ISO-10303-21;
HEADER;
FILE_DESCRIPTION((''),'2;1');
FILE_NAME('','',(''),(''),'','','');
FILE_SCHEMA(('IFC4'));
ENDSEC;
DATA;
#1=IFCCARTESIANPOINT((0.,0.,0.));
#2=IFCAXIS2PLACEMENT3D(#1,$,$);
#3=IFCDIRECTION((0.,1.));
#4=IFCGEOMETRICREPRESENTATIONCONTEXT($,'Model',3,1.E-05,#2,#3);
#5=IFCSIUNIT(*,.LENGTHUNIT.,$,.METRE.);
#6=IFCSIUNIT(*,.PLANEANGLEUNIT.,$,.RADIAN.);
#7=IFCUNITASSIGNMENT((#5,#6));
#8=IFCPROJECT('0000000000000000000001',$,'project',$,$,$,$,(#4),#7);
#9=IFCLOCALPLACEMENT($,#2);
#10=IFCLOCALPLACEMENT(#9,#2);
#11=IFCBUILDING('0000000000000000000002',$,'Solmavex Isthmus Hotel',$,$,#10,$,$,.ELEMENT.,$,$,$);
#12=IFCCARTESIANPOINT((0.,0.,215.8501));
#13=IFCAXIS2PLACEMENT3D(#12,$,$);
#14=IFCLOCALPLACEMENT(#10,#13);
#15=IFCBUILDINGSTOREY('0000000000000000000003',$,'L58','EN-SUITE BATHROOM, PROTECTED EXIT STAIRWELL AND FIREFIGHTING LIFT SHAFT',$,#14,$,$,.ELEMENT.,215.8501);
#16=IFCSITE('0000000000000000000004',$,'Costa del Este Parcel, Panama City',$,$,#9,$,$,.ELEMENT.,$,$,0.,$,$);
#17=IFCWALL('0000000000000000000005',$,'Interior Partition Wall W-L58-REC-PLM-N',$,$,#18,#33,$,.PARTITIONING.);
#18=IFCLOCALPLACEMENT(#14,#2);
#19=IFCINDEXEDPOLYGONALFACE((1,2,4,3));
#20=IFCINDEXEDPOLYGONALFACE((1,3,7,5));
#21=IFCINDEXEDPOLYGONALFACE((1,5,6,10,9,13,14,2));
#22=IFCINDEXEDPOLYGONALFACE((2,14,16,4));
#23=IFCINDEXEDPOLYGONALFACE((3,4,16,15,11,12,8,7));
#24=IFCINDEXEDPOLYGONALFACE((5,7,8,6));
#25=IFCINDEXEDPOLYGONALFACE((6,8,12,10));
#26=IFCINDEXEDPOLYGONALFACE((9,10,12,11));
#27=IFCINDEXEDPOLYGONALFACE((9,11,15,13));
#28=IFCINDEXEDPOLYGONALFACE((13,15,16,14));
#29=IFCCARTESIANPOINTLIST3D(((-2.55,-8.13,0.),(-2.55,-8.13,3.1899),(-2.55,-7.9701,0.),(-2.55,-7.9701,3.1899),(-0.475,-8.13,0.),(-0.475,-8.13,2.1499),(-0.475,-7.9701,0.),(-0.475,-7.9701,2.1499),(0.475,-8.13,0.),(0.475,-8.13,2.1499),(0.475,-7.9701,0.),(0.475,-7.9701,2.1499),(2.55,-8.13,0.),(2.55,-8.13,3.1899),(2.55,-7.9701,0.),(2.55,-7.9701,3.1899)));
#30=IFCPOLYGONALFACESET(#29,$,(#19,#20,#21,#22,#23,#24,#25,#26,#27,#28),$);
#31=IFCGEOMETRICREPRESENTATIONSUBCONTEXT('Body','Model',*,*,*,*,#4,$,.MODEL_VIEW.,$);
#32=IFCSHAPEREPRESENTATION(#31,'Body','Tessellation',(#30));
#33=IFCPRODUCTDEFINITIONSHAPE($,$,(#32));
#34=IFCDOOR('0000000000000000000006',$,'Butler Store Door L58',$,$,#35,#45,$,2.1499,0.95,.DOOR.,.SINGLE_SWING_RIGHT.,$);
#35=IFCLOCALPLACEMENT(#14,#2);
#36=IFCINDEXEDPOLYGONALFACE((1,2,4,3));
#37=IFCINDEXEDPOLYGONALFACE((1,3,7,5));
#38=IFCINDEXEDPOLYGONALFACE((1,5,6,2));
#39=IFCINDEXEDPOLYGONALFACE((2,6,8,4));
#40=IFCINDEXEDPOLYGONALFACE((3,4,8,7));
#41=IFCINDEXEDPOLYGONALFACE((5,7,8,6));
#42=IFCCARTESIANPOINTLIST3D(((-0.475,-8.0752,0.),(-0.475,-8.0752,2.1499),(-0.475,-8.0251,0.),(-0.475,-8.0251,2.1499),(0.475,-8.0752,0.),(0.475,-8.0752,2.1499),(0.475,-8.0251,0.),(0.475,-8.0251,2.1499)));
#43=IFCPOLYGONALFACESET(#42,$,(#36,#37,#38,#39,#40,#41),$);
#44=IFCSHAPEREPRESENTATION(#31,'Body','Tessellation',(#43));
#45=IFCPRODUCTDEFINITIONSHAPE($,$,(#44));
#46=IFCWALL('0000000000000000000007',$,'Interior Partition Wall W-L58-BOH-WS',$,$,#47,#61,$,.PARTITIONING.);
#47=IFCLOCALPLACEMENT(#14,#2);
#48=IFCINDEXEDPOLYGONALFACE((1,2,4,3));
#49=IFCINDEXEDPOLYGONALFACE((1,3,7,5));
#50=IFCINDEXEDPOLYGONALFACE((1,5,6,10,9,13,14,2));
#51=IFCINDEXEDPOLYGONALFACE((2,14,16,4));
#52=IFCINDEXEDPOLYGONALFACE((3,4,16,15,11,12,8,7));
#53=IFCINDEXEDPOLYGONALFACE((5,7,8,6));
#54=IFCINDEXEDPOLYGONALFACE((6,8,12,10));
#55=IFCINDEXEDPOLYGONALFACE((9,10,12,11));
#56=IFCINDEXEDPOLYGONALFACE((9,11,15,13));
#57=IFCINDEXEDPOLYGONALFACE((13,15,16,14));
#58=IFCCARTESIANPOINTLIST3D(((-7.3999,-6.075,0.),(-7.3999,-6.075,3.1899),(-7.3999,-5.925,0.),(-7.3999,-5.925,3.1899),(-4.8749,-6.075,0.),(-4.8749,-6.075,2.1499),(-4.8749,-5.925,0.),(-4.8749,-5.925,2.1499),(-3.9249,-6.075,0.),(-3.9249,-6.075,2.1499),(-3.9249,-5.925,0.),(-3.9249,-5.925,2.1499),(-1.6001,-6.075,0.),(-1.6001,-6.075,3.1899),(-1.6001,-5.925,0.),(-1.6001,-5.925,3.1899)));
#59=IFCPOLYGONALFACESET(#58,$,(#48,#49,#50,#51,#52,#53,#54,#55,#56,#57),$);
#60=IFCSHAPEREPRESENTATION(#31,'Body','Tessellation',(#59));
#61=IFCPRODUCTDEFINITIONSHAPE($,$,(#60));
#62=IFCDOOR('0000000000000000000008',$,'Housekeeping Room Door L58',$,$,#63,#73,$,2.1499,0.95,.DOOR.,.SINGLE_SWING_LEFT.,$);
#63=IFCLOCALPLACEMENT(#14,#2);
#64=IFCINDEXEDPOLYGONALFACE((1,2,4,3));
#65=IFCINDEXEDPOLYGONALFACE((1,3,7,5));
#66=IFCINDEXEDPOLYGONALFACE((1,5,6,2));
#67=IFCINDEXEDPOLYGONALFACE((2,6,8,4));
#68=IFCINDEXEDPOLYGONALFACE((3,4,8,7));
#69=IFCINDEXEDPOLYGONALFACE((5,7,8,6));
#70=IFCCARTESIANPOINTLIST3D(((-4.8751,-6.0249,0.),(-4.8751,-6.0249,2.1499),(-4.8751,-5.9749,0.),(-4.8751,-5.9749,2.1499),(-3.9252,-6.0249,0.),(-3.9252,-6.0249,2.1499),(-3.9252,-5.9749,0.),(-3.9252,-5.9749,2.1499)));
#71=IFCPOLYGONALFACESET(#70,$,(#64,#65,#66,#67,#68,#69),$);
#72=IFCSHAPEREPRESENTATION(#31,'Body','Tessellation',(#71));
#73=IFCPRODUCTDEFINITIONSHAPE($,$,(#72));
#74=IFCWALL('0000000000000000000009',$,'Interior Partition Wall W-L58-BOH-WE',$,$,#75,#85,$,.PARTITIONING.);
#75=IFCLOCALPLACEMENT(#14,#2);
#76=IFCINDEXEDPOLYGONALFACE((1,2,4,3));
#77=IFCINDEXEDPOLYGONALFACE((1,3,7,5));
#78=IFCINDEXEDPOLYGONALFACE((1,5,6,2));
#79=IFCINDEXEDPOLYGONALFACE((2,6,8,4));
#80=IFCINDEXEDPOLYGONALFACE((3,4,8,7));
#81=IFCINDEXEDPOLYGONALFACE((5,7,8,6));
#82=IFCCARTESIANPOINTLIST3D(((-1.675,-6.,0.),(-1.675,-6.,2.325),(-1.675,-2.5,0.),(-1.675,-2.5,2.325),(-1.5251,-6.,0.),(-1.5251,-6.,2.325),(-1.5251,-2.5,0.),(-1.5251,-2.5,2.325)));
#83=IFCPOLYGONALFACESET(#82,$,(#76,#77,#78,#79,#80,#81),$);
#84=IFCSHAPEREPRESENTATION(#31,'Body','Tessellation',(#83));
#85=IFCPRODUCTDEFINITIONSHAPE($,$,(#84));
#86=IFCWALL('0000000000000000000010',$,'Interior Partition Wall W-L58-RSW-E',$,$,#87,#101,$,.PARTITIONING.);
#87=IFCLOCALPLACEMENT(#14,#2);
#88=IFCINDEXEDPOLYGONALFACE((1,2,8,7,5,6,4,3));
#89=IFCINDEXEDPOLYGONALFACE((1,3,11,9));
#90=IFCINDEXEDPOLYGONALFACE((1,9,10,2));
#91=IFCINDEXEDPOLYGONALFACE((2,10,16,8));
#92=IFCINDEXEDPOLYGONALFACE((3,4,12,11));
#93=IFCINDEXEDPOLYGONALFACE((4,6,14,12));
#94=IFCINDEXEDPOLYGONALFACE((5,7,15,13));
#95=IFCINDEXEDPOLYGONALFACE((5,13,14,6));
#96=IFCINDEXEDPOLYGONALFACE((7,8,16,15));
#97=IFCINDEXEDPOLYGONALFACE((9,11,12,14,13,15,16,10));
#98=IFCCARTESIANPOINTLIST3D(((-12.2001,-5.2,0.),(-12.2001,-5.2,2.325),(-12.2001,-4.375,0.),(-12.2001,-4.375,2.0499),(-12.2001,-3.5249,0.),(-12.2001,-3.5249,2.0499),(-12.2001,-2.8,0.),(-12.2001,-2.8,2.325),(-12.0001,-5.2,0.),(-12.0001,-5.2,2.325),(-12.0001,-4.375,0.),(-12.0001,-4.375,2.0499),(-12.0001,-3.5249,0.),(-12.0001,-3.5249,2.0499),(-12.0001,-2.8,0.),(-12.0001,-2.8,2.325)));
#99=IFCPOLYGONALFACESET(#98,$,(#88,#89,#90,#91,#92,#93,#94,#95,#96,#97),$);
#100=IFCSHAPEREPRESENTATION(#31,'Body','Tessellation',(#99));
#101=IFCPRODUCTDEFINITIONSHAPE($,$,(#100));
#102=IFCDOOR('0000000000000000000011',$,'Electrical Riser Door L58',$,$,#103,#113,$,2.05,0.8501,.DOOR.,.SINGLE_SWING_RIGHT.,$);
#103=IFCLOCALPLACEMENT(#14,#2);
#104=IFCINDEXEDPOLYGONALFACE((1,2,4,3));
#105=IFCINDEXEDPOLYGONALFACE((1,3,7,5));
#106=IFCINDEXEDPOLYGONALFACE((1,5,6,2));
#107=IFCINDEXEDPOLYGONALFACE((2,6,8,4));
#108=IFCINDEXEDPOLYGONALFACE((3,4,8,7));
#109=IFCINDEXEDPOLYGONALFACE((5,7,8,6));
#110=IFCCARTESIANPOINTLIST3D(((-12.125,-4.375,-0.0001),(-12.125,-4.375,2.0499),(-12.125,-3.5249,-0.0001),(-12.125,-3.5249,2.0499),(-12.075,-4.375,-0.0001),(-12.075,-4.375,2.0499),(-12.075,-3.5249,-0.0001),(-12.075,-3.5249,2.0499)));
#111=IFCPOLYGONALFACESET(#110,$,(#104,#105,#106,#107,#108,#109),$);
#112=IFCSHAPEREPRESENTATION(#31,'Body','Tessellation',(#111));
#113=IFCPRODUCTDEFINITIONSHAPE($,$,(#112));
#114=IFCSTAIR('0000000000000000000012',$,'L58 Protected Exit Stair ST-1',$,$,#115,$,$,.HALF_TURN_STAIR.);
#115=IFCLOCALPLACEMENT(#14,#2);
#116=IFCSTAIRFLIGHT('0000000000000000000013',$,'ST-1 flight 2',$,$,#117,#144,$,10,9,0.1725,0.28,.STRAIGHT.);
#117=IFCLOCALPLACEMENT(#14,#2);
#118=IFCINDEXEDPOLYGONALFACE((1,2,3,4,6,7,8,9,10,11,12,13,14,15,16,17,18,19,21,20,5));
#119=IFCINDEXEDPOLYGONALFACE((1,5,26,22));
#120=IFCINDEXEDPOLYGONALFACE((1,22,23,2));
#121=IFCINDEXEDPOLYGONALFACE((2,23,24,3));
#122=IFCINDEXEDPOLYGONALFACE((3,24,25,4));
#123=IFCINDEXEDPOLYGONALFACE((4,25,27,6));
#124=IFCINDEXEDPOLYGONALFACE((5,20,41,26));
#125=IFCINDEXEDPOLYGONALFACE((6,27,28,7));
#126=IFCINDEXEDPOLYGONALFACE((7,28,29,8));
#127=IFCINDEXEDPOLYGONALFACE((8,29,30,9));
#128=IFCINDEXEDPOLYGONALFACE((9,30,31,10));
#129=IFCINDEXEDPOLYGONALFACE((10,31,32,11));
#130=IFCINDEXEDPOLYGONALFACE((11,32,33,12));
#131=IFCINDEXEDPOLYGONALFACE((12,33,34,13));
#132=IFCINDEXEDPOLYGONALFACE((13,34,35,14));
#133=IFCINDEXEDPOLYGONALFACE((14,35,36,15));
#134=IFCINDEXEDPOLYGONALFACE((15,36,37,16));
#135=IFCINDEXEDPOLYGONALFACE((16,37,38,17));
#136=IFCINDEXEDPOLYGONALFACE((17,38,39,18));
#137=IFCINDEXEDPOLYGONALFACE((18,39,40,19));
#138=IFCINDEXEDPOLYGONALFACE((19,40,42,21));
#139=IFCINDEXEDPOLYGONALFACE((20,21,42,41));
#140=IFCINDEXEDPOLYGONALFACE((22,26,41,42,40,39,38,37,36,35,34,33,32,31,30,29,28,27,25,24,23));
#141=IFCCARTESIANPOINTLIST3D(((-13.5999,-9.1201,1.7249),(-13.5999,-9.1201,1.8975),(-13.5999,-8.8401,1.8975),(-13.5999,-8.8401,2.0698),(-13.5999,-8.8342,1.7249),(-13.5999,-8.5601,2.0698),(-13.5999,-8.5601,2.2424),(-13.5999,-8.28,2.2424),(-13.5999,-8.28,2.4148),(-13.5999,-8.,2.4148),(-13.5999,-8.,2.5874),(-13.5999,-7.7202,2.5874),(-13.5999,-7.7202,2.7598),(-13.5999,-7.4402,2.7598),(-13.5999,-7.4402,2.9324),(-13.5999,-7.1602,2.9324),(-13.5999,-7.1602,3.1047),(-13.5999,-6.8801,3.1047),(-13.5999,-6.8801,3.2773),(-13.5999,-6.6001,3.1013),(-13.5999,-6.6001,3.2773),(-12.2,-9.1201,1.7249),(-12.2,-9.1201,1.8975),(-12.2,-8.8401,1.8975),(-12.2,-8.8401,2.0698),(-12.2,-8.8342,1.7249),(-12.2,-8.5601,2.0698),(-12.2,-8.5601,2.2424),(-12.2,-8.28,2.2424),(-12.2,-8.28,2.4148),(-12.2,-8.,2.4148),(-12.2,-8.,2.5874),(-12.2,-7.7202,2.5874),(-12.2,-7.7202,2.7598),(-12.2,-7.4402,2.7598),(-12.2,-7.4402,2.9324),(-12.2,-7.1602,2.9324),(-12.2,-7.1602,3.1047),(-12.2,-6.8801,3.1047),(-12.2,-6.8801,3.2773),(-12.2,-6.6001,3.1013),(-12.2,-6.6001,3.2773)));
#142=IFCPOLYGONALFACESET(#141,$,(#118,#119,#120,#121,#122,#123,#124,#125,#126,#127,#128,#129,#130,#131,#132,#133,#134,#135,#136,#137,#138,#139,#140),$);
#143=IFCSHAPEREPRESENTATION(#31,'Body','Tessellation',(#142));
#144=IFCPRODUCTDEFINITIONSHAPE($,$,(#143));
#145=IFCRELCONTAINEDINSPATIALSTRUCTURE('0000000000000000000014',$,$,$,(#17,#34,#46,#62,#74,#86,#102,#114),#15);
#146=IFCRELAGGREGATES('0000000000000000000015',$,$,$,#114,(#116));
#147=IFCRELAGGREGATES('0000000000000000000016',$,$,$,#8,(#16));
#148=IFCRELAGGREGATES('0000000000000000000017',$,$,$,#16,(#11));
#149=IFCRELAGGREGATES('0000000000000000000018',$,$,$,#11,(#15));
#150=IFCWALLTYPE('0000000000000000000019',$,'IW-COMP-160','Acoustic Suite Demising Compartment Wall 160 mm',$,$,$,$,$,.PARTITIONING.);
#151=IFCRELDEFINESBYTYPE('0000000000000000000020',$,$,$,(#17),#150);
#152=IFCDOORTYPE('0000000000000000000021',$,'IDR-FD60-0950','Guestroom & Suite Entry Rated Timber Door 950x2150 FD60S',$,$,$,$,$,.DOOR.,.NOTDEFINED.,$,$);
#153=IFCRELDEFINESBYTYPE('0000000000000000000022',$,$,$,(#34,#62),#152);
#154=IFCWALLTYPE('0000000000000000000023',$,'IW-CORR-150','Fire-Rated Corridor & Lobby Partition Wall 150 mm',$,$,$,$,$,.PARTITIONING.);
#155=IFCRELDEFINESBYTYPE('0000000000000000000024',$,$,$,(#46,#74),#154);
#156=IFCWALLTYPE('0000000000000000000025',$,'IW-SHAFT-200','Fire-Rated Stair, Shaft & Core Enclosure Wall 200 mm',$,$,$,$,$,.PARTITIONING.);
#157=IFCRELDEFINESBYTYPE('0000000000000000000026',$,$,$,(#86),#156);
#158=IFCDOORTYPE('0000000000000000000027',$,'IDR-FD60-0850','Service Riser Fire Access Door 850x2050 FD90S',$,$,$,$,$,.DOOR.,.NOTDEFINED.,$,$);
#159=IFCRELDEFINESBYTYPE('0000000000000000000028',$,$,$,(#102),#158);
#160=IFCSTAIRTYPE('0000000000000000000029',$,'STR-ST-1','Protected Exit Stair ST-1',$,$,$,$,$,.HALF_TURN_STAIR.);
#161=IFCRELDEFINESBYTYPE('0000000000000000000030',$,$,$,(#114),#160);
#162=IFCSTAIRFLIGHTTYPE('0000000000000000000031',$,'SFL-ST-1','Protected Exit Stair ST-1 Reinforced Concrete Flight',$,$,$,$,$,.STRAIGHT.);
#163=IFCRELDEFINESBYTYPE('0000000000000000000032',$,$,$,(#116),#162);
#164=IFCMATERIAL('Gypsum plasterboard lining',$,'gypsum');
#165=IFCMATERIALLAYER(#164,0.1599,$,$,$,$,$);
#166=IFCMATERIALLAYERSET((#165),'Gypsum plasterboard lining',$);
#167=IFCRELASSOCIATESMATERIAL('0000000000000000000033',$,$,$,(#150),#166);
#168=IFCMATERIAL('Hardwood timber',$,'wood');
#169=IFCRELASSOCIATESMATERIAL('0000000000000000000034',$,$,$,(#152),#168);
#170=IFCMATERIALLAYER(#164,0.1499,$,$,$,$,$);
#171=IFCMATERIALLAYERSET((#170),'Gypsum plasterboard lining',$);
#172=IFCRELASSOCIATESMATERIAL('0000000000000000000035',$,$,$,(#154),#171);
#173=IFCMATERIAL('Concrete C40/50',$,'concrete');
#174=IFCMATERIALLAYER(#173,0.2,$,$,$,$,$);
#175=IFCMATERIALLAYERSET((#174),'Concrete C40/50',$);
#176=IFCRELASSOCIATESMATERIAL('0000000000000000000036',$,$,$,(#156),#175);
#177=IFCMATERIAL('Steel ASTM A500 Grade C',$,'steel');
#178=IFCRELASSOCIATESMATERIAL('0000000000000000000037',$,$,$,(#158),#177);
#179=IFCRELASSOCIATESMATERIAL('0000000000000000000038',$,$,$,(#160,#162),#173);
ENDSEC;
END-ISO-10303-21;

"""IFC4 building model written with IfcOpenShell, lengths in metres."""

from ifc_helpers import new_model, si_unit, direction, frame, frame_2d, origin, place, context, subcontext, project, spatial, polyline, rectangle, outline, extrude, material, layer, layer_set, type_object, element, fill, aggregate, save


model = new_model("IFC4")

# Units and contexts
model_context = context("Model", 3, precision=1e-05, world=origin(), true_north=direction((0.0, 1.0)))
body_context = subcontext(model_context, "Body", "Model", "MODEL_VIEW")
ifc_project = project(units=[si_unit("LENGTHUNIT", "METRE"), si_unit("PLANEANGLEUNIT", "RADIAN")], contexts=[model_context])

# Site, building, storey
site_placement = place(None, origin())
site = spatial("IfcSite", under=ifc_project, at=site_placement, Name="Costa del Este Parcel, Panama City", CompositionType="ELEMENT", RefElevation=0.0)
building_placement = place(site_placement, origin())
building = spatial("IfcBuilding", under=site, at=building_placement, Name="Solmavex Isthmus Hotel", CompositionType="ELEMENT")
storey_placement = place(building_placement, frame((0.0, 0.0, 215.8501)))
storey = spatial("IfcBuildingStorey", under=building, at=storey_placement, Name="L58", Description="EN-SUITE BATHROOM, PROTECTED EXIT STAIRWELL AND FIREFIGHTING LIFT SHAFT", CompositionType="ELEMENT", Elevation=215.8501)

# Shared definitions
ifc_material_1 = material(Name="Concrete C40/50", Category="concrete")

# Walls, openings, doors
ifc_material_2 = material(Name="Gypsum plasterboard lining", Category="gypsum")
ifc_layer_1 = layer(ifc_material_2, 0.1599)
ifc_layer_set_1 = layer_set([ifc_layer_1], Name="Gypsum plasterboard lining")
wall_type_1 = type_object("IfcWallType", Name="IW-COMP-160", Description="Acoustic Suite Demising Compartment Wall 160 mm", PredefinedType="PARTITIONING", material=ifc_layer_set_1)
ifc_material_3 = material(Name="Hardwood timber", Category="wood")
door_type_1 = type_object("IfcDoorType", Name="IDR-FD60-0950", Description="Guestroom & Suite Entry Rated Timber Door 950x2150 FD60S", OperationType="NOTDEFINED", PredefinedType="DOOR", material=ifc_material_3)
wall_1_placement = place(storey_placement, frame((-2.55, -8.05, 0.0), z_axis=(0.0, 0.0, 1.0), x_axis=(1.0, 0.0, 0.0)))
wall_1 = element("IfcWall", 1, at=wall_1_placement, inside=storey, type_object=wall_type_1, Name="Interior Partition Wall W-L58-REC-PLM-N", PredefinedType="PARTITIONING", context=body_context, shape_type="SweptSolid", body=[
    extrude(rectangle(XDim=5.1001, YDim=0.1599, at=frame_2d((2.55, 0.0))), origin(), (0.0, 0.0, 1.0), 3.1899),
])
opening_1_placement = place(wall_1_placement, frame((2.075, 0.0, 0.0)))
opening_1 = element("IfcOpeningElement", 2, at=opening_1_placement, cuts=wall_1, PredefinedType="OPENING", context=body_context, shape_type="SweptSolid", body=[
    extrude(rectangle(XDim=0.95, YDim=2.1499, at=frame_2d((0.4751, 1.075))), frame((0.0, 0.0898, 0.0), z_axis=(0.0, -1.0, 0.0), x_axis=(1.0, 0.0, 0.0)), (0.0, 0.0, 1.0), 0.1799),
])
door_1_placement = place(opening_1_placement, origin())
door_1 = element("IfcDoor", 3, at=door_1_placement, inside=storey, type_object=door_type_1, Name="Butler Store Door L58", OperationType="SINGLE_SWING_RIGHT", OverallHeight=2.1499, OverallWidth=0.95, PredefinedType="DOOR", context=body_context, shape_type="SweptSolid", body=[
    extrude(rectangle(XDim=0.95, YDim=2.1499, at=frame_2d((0.4751, 1.075))), frame((0.0, 0.0249, 0.0), z_axis=(0.0, -1.0, 0.0), x_axis=(1.0, 0.0, 0.0)), (0.0, 0.0, 1.0), 0.05),
])
fill(opening_1, door_1)
ifc_layer_2 = layer(ifc_material_2, 0.1499)
ifc_layer_set_2 = layer_set([ifc_layer_2], Name="Gypsum plasterboard lining")
wall_type_2 = type_object("IfcWallType", Name="IW-CORR-150", Description="Fire-Rated Corridor & Lobby Partition Wall 150 mm", PredefinedType="PARTITIONING", material=ifc_layer_set_2)
wall_2_placement = place(storey_placement, frame((-7.3999, -6.0, 0.0), z_axis=(0.0, 0.0, 1.0), x_axis=(1.0, 0.0, 0.0)))
wall_2 = element("IfcWall", 4, at=wall_2_placement, inside=storey, type_object=wall_type_2, Name="Interior Partition Wall W-L58-BOH-WS", PredefinedType="PARTITIONING", context=body_context, shape_type="SweptSolid", body=[
    extrude(rectangle(XDim=5.7998, YDim=0.1499, at=frame_2d((2.8999, 0.0))), origin(), (0.0, 0.0, 1.0), 3.1899),
])
opening_2_placement = place(wall_2_placement, frame((2.5249, 0.0, 0.0)))
opening_2 = element("IfcOpeningElement", 5, at=opening_2_placement, cuts=wall_2, PredefinedType="OPENING", context=body_context, shape_type="SweptSolid", body=[
    extrude(rectangle(XDim=0.95, YDim=2.1499, at=frame_2d((0.4751, 1.075))), frame((0.0, 0.085, 0.0), z_axis=(0.0, -1.0, 0.0), x_axis=(1.0, 0.0, 0.0)), (0.0, 0.0, 1.0), 0.1699),
])
door_2_placement = place(opening_2_placement, frame((0.95, 0.0, 0.0), z_axis=(0.0, 0.0, 1.0), x_axis=(-1.0, 0.0, 0.0)))
door_2 = element("IfcDoor", 6, at=door_2_placement, inside=storey, type_object=door_type_1, Name="Housekeeping Room Door L58", OperationType="SINGLE_SWING_LEFT", OverallHeight=2.1499, OverallWidth=0.95, PredefinedType="DOOR", context=body_context, shape_type="SweptSolid", body=[
    extrude(rectangle(XDim=0.95, YDim=2.1499, at=frame_2d((0.4751, 1.075))), frame((0.0, 0.0249, 0.0), z_axis=(0.0, -1.0, 0.0), x_axis=(1.0, 0.0, 0.0)), (0.0, 0.0, 1.0), 0.05),
])
fill(opening_2, door_2)

# Wall
wall_3_placement = place(storey_placement, frame((-1.6001, -6.0, 0.0), z_axis=(0.0, 0.0, 1.0), x_axis=(0.0, 1.0, 0.0)))
element("IfcWall", 7, at=wall_3_placement, inside=storey, type_object=wall_type_2, Name="Interior Partition Wall W-L58-BOH-WE", PredefinedType="PARTITIONING", context=body_context, shape_type="SweptSolid", body=[
    extrude(rectangle(XDim=3.5, YDim=0.1499, at=frame_2d((1.75, 0.0))), origin(), (0.0, 0.0, 1.0), 2.325),
])

# Wall, opening, door
ifc_layer_3 = layer(ifc_material_1, 0.2)
ifc_layer_set_3 = layer_set([ifc_layer_3], Name="Concrete C40/50")
wall_type_3 = type_object("IfcWallType", Name="IW-SHAFT-200", Description="Fire-Rated Stair, Shaft & Core Enclosure Wall 200 mm", PredefinedType="PARTITIONING", material=ifc_layer_set_3)
wall_4_placement = place(storey_placement, frame((-12.1001, -5.2, 0.0), z_axis=(0.0, 0.0, 1.0), x_axis=(0.0, 1.0, 0.0)))
wall_4 = element("IfcWall", 8, at=wall_4_placement, inside=storey, type_object=wall_type_3, Name="Interior Partition Wall W-L58-RSW-E", PredefinedType="PARTITIONING", context=body_context, shape_type="SweptSolid", body=[
    extrude(rectangle(XDim=2.3999, YDim=0.2, at=frame_2d((1.2, 0.0))), origin(), (0.0, 0.0, 1.0), 2.325),
])
opening_3_placement = place(wall_4_placement, frame((0.825, 0.0, 0.0)))
opening_3 = element("IfcOpeningElement", 9, at=opening_3_placement, cuts=wall_4, PredefinedType="OPENING", context=body_context, shape_type="SweptSolid", body=[
    extrude(rectangle(XDim=0.8501, YDim=2.05, at=frame_2d((0.425, 1.0249))), frame((0.0, 0.1099, 0.0), z_axis=(0.0, -1.0, 0.0), x_axis=(1.0, 0.0, 0.0)), (0.0, 0.0, 1.0), 0.22),
])
ifc_material_4 = material(Name="Steel ASTM A500 Grade C", Category="steel")
door_type_2 = type_object("IfcDoorType", Name="IDR-FD60-0850", Description="Service Riser Fire Access Door 850x2050 FD90S", OperationType="NOTDEFINED", PredefinedType="DOOR", material=ifc_material_4)
door_3_placement = place(opening_3_placement, origin())
door_3 = element("IfcDoor", 10, at=door_3_placement, inside=storey, type_object=door_type_2, Name="Electrical Riser Door L58", OperationType="SINGLE_SWING_RIGHT", OverallHeight=2.05, OverallWidth=0.8501, PredefinedType="DOOR", context=body_context, shape_type="SweptSolid", body=[
    extrude(rectangle(XDim=0.8501, YDim=2.05, at=frame_2d((0.425, 1.0249))), frame((0.0, 0.0249, 0.0), z_axis=(0.0, -1.0, 0.0), x_axis=(1.0, 0.0, 0.0)), (0.0, 0.0, 1.0), 0.05),
])
fill(opening_3, door_3)

# Stair, stair flight
stair_type = type_object("IfcStairType", Name="STR-ST-1", Description="Protected Exit Stair ST-1", PredefinedType="HALF_TURN_STAIR", material=ifc_material_1)
stair_placement = place(storey_placement, origin())
stair = element("IfcStair", 11, at=stair_placement, inside=storey, type_object=stair_type, Name="L58 Protected Exit Stair ST-1", PredefinedType="HALF_TURN_STAIR")
stair_flight_type = type_object("IfcStairFlightType", Name="SFL-ST-1", Description="Protected Exit Stair ST-1 Reinforced Concrete Flight", PredefinedType="STRAIGHT", material=ifc_material_1)
stair_flight_placement = place(storey_placement, frame((-12.8999, -9.1201, 1.7249), z_axis=(0.0, 0.0, 1.0), x_axis=(0.0, 1.0, 0.0)))
stair_flight = element("IfcStairFlight", 12, at=stair_flight_placement, type_object=stair_flight_type, Name="ST-1 flight 2", NumberOfRisers=10, NumberOfTreads=9, PredefinedType="STRAIGHT", RiserHeight=0.1725, TreadLength=0.28, context=body_context, shape_type="SweptSolid", body=[
    extrude(outline(polyline([(0.0, 0.0), (0.0, 0.1726), (0.28, 0.1726), (0.28, 0.345), (0.5601, 0.345), (0.5601, 0.5176), (0.8401, 0.5176), (0.8401, 0.6899), (1.1201, 0.6899), (1.1201, 0.8625), (1.3999, 0.8625), (1.3999, 1.0349), (1.6799, 1.0349), (1.6799, 1.2075), (1.96, 1.2075), (1.96, 1.3799), (2.24, 1.3799), (2.24, 1.5525), (2.52, 1.5525), (2.52, 1.7251), (2.52, 1.3765), (0.2859, 0.0), (0.0, 0.0)])), frame((0.0, 0.7, 0.0), z_axis=(0.0, -1.0, 0.0), x_axis=(1.0, 0.0, 0.0)), (0.0, 0.0, 1.0), 1.3999),
])
aggregate(stair, [stair_flight])

save(model, "model.ifc")
